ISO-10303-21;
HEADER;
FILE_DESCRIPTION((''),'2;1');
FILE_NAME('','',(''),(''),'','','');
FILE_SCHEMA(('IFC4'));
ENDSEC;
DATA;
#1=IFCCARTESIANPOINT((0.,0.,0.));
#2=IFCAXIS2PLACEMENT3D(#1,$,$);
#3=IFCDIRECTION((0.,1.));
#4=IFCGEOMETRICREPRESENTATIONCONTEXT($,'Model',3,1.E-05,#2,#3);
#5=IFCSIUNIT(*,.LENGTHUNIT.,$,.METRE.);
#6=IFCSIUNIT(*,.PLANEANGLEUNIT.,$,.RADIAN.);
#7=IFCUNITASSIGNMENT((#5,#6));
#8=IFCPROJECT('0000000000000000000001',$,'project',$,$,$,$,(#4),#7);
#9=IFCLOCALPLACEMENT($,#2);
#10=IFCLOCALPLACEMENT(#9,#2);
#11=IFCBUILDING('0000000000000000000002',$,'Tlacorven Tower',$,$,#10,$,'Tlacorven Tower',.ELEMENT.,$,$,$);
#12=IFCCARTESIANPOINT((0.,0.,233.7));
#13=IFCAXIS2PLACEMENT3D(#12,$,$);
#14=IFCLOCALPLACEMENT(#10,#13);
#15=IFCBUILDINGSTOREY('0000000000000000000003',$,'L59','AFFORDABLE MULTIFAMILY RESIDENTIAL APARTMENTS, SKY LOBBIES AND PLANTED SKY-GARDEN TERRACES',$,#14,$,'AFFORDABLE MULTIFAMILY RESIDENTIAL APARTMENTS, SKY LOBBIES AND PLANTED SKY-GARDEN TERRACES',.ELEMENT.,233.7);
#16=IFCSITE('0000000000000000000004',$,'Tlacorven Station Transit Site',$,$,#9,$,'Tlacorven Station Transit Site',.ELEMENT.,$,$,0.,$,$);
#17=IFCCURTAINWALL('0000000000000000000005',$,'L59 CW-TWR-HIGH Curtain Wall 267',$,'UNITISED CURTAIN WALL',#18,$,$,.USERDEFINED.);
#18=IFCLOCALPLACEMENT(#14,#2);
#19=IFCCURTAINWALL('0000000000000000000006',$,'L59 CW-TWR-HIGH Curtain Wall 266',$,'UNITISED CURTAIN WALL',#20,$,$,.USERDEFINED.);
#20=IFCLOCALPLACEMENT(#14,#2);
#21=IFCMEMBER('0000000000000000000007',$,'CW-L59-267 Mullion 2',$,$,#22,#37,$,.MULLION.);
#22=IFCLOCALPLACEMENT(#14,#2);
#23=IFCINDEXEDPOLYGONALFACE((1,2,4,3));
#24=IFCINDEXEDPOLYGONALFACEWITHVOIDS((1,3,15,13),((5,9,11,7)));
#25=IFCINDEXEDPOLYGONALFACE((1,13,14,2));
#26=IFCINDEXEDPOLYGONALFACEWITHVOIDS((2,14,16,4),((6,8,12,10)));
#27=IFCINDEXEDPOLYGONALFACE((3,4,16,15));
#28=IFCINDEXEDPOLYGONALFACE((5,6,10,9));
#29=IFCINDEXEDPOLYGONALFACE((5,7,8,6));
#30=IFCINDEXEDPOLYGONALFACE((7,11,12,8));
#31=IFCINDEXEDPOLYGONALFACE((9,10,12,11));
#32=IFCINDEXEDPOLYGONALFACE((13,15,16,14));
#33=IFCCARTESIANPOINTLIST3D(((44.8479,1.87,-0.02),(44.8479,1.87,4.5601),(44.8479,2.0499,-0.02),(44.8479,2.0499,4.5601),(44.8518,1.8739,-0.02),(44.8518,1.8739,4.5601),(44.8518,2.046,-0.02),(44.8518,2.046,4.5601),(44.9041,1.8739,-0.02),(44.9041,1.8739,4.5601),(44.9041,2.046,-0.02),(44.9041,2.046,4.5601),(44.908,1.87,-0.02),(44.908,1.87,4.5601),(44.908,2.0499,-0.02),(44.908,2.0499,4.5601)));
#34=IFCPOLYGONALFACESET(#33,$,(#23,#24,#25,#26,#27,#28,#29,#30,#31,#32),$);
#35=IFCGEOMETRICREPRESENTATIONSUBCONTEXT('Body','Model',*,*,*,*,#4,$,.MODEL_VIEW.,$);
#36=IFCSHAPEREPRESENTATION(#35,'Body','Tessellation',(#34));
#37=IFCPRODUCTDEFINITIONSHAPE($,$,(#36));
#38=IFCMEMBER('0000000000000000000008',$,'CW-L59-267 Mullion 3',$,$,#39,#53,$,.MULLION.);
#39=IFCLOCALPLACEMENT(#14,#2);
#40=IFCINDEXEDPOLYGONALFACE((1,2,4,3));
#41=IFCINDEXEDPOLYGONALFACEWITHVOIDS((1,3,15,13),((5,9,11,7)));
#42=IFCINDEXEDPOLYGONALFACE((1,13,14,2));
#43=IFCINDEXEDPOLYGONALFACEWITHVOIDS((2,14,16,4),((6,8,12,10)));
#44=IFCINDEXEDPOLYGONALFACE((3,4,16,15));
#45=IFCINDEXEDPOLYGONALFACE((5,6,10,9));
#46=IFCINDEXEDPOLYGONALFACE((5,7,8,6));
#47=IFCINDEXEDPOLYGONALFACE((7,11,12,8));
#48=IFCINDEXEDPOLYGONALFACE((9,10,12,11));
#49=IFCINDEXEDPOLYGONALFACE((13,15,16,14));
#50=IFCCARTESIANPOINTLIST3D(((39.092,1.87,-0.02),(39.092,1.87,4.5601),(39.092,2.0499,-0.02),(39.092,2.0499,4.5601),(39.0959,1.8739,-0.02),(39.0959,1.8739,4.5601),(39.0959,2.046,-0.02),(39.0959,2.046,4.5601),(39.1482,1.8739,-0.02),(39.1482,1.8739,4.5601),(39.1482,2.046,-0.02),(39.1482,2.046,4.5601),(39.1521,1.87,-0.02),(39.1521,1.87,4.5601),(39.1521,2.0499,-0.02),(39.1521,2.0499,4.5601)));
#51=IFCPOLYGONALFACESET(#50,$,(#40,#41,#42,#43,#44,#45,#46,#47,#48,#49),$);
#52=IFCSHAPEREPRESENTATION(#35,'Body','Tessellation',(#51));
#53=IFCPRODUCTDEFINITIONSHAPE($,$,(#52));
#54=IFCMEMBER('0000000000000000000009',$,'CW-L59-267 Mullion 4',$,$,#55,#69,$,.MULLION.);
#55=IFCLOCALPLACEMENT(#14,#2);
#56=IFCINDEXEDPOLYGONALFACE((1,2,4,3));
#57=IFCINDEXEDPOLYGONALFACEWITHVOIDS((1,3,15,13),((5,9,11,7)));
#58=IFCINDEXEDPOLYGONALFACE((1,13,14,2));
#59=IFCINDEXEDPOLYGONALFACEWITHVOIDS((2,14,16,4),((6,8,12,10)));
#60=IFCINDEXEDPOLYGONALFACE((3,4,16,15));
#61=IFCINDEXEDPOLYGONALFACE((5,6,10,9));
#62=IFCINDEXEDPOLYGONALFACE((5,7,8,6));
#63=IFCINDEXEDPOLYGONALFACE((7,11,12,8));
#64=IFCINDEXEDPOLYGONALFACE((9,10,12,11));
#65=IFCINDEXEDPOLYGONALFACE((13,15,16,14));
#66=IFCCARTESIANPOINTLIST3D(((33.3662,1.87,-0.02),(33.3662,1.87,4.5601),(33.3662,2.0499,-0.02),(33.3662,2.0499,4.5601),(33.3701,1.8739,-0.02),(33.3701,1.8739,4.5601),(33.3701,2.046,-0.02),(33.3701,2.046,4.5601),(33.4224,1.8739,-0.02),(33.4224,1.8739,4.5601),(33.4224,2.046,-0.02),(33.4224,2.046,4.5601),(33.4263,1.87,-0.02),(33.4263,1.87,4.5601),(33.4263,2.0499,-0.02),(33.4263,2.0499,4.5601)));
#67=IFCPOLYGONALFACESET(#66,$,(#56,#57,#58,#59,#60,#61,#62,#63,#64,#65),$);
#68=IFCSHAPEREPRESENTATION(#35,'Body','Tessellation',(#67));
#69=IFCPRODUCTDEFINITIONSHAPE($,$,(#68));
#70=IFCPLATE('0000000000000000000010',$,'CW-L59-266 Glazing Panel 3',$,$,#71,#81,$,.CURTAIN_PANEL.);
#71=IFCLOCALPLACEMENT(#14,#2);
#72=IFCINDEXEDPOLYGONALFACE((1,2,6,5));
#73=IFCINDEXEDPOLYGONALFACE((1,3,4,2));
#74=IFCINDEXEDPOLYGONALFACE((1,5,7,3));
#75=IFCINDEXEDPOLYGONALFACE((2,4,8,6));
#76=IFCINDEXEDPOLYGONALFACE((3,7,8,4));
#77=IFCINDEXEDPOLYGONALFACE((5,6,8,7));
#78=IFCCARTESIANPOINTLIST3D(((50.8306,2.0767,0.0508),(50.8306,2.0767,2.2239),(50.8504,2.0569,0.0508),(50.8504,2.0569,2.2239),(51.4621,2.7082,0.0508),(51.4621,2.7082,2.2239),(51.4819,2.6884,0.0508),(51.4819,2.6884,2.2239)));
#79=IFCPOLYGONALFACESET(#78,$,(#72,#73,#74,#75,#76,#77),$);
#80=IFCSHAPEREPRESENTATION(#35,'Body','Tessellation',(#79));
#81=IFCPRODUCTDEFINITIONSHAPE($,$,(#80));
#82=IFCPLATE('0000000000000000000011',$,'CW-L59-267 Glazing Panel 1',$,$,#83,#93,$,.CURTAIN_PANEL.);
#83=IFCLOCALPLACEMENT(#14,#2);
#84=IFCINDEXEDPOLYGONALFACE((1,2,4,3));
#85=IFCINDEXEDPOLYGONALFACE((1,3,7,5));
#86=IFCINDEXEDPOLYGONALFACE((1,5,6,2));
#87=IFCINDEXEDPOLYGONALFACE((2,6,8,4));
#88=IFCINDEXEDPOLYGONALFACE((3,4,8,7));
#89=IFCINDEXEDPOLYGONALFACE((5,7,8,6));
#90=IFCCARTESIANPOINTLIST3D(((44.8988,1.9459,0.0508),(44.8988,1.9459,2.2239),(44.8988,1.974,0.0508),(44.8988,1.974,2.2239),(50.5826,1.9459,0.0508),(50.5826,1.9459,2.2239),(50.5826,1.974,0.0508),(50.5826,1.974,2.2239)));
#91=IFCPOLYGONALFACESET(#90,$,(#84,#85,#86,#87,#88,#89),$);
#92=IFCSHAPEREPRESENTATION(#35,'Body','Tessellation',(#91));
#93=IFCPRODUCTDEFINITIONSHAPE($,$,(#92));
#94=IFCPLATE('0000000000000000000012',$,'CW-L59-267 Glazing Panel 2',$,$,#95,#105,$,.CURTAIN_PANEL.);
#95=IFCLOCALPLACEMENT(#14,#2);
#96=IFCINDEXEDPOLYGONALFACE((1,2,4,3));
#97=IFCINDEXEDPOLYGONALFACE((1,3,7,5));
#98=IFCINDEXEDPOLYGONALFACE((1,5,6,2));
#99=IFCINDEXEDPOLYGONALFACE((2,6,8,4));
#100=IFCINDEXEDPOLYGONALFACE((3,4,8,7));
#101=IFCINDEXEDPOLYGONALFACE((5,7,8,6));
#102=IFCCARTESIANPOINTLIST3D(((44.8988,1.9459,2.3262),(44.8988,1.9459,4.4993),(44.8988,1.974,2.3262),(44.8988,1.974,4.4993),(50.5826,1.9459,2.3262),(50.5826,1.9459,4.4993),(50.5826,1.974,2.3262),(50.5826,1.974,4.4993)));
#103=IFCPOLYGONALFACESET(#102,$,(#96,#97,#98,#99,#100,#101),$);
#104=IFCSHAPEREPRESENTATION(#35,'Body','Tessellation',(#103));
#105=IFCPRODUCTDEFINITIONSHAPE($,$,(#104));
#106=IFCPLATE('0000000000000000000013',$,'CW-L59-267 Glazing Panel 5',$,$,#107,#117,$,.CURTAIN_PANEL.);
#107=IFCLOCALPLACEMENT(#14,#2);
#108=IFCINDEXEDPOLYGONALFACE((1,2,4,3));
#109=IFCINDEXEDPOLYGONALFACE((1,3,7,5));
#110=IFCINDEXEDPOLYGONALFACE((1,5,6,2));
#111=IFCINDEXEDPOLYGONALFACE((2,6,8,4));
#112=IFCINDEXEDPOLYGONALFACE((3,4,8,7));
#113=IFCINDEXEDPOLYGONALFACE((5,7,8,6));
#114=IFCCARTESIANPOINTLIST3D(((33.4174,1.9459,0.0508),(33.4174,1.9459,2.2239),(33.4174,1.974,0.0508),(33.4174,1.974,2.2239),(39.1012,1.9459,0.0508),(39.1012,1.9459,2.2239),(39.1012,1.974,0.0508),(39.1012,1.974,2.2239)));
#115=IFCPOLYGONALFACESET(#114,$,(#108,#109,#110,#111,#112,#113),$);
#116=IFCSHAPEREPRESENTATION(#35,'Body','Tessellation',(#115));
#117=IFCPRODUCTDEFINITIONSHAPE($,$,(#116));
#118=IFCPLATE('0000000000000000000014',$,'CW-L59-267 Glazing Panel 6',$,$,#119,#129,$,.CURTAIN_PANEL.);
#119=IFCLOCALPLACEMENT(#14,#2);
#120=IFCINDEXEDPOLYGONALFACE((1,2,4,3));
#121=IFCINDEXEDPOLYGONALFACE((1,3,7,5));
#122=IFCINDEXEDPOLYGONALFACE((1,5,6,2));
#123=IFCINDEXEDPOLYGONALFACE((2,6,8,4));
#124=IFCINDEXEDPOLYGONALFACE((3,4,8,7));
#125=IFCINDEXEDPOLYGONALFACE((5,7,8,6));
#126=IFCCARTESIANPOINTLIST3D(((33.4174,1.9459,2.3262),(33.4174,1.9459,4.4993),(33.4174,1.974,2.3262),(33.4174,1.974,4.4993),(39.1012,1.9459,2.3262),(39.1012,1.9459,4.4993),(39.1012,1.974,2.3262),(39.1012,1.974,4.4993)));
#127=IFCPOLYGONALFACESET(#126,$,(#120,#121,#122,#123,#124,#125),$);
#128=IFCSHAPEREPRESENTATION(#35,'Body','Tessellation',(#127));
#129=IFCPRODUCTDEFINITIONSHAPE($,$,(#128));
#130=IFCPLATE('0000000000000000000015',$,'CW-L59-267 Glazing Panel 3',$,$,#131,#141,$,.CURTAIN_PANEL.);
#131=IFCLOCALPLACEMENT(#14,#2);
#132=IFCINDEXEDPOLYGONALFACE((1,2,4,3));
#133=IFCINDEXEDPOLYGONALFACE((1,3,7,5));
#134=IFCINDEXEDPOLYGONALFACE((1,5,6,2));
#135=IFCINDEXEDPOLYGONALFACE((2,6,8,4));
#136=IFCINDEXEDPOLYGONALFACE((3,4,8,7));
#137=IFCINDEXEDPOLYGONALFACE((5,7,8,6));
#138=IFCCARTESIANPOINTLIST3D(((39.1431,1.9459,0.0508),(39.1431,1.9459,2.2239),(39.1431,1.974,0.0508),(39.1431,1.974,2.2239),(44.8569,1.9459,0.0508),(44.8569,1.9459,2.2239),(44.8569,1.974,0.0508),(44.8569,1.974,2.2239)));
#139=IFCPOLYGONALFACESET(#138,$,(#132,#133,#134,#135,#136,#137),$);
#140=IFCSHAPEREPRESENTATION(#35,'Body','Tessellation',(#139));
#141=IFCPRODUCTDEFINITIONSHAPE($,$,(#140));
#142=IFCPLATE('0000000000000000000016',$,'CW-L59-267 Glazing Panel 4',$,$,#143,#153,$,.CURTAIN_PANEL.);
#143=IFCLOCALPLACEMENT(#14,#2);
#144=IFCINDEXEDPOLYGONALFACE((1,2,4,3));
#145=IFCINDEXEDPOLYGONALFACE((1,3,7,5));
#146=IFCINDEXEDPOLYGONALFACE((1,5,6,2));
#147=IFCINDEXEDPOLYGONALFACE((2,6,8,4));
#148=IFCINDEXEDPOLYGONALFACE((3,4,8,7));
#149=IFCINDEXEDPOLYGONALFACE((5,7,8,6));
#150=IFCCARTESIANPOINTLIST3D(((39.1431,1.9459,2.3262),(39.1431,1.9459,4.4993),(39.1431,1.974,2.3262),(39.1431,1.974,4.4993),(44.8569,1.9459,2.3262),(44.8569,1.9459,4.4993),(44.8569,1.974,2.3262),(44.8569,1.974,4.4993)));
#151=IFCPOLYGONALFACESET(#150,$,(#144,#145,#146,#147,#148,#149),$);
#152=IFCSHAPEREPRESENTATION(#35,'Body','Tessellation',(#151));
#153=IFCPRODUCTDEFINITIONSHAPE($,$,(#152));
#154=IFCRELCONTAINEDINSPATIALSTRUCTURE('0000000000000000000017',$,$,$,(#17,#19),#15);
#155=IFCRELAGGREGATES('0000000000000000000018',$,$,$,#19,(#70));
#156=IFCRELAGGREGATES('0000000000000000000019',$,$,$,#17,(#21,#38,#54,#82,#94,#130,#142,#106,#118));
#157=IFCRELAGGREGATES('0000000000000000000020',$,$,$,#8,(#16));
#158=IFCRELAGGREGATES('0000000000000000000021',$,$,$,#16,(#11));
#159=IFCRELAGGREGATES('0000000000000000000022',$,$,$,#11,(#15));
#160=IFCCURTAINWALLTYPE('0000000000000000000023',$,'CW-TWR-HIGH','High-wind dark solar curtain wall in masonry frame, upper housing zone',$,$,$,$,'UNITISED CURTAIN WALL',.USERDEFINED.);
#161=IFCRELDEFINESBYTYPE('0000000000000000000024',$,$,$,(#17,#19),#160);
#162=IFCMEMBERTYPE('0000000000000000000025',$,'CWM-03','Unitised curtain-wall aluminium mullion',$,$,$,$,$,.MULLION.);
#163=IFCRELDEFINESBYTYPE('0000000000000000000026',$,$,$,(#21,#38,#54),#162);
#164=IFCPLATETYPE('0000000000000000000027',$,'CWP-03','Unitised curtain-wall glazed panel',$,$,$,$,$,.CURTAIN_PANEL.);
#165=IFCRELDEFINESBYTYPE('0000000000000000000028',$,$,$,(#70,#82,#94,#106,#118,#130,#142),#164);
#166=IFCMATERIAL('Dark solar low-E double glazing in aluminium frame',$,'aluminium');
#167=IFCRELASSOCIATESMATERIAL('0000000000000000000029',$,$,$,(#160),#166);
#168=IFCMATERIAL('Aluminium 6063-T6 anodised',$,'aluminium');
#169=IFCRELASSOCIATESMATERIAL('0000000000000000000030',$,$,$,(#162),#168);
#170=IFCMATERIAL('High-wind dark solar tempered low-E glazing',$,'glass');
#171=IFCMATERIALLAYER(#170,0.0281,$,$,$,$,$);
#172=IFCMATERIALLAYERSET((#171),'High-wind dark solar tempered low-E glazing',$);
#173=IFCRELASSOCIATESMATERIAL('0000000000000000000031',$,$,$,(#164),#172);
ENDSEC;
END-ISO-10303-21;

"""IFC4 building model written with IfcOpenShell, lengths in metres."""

from ifc_helpers import new_model, si_unit, direction, frame, origin, origin_2d, place, context, subcontext, project, spatial, rectangle, hollow_rectangle, extrude, source, transform, mapped, material, layer, layer_set, material_profile, profile_set, type_object, element, aggregate, save


model = new_model("IFC4")

# Units and contexts
model_context = context("Model", 3, precision=1e-05, world=origin(), true_north=direction((0.0, 1.0)))
body_context = subcontext(model_context, "Body", "Model", "MODEL_VIEW")
ifc_project = project(units=[si_unit("LENGTHUNIT", "METRE"), si_unit("PLANEANGLEUNIT", "RADIAN")], contexts=[model_context])

# Site, building, storey
site_placement = place(None, origin())
site = spatial("IfcSite", under=ifc_project, at=site_placement, Name="Tlacorven Station Transit Site", LongName="Tlacorven Station Transit Site", CompositionType="ELEMENT", RefElevation=0.0)
building_placement = place(site_placement, origin())
building = spatial("IfcBuilding", under=site, at=building_placement, Name="Tlacorven Tower", LongName="Tlacorven Tower", CompositionType="ELEMENT")
storey_placement = place(building_placement, frame((0.0, 0.0, 233.7)))
storey = spatial("IfcBuildingStorey", under=building, at=storey_placement, Name="L59", Description="AFFORDABLE MULTIFAMILY RESIDENTIAL APARTMENTS, SKY LOBBIES AND PLANTED SKY-GARDEN TERRACES", LongName="AFFORDABLE MULTIFAMILY RESIDENTIAL APARTMENTS, SKY LOBBIES AND PLANTED SKY-GARDEN TERRACES", CompositionType="ELEMENT", Elevation=233.7)

# Curtain wall
ifc_material_1 = material(Name="Dark solar low-E double glazing in aluminium frame", Category="aluminium")
curtain_wall_type = type_object("IfcCurtainWallType", Name="CW-TWR-HIGH", Description="High-wind dark solar curtain wall in masonry frame, upper housing zone", ElementType="UNITISED CURTAIN WALL", PredefinedType="USERDEFINED", material=ifc_material_1)
curtain_wall_1_placement = place(storey_placement, origin())
curtain_wall_1 = element("IfcCurtainWall", 1, at=curtain_wall_1_placement, inside=storey, type_object=curtain_wall_type, Name="L59 CW-TWR-HIGH Curtain Wall 267", ObjectType="UNITISED CURTAIN WALL", PredefinedType="USERDEFINED")
ifc_material_2 = material(Name="Aluminium 6063-T6 anodised", Category="aluminium")

# Curtain wall
curtain_wall_2_placement = place(storey_placement, origin())
curtain_wall_2 = element("IfcCurtainWall", 2, at=curtain_wall_2_placement, inside=storey, type_object=curtain_wall_type, Name="L59 CW-TWR-HIGH Curtain Wall 266", ObjectType="UNITISED CURTAIN WALL", PredefinedType="USERDEFINED")
ifc_material_profile_1 = material_profile(ifc_material_2, hollow_rectangle(XDim=0.0601, YDim=0.1799, WallThickness=0.0039, at=origin_2d()), Name="ALU MULLION 60X180")
ifc_profile_set_1 = profile_set([ifc_material_profile_1], Name="Aluminium 6063-T6 anodised")
member_type_1 = type_object("IfcMemberType", Name="CWM-03", Description="Unitised curtain-wall aluminium mullion", PredefinedType="MULLION", material=ifc_profile_set_1)
shared_shape_1 = source(origin(), body_context, "Body", "SweptSolid", [
    extrude(hollow_rectangle(XDim=0.0601, YDim=0.1799, WallThickness=0.0039, at=origin_2d()), origin(), (0.0, 0.0, 1.0), 4.5801),
])

# Members
member_1_placement = place(storey_placement, frame((44.8779, 1.96, -0.02), z_axis=(0.0, 0.0, 1.0), x_axis=(-1.0, 0.0, 0.0)))
member_1 = element("IfcMember", 3, at=member_1_placement, type_object=member_type_1, Name="CW-L59-267 Mullion 2", PredefinedType="MULLION", context=body_context, shape_type="MappedRepresentation", body=[
    mapped(shared_shape_1, transform((0.0, 0.0, 0.0), scale=1.0)),
])
member_2_placement = place(storey_placement, frame((39.1221, 1.96, -0.02), z_axis=(0.0, 0.0, 1.0), x_axis=(-1.0, 0.0, 0.0)))
member_2 = element("IfcMember", 4, at=member_2_placement, type_object=member_type_1, Name="CW-L59-267 Mullion 3", PredefinedType="MULLION", context=body_context, shape_type="MappedRepresentation", body=[
    mapped(shared_shape_1, transform((0.0, 0.0, 0.0), scale=1.0)),
])
member_3_placement = place(storey_placement, frame((33.3962, 1.96, -0.02), z_axis=(0.0, 0.0, 1.0), x_axis=(-1.0, 0.0, 0.0)))
member_3 = element("IfcMember", 5, at=member_3_placement, type_object=member_type_1, Name="CW-L59-267 Mullion 4", PredefinedType="MULLION", context=body_context, shape_type="MappedRepresentation", body=[
    mapped(shared_shape_1, transform((0.0, 0.0, 0.0), scale=1.0)),
])

# Plates
ifc_material_3 = material(Name="High-wind dark solar tempered low-E glazing", Category="glass")
ifc_layer_1 = layer(ifc_material_3, 0.0281)
ifc_layer_set_1 = layer_set([ifc_layer_1], Name="High-wind dark solar tempered low-E glazing")
plate_type = type_object("IfcPlateType", Name="CWP-03", Description="Unitised curtain-wall glazed panel", PredefinedType="CURTAIN_PANEL", material=ifc_layer_set_1)
shared_shape_2 = source(origin(), body_context, "Body", "SweptSolid", [
    extrude(rectangle(XDim=0.8931, YDim=0.0281, at=origin_2d()), origin(), (0.0, 0.0, 1.0), 2.1731),
])
plate_1_placement = place(storey_placement, frame((51.1562, 2.3826, 0.0508), z_axis=(0.0, 0.0, 1.0), x_axis=(-0.707107, -0.707107, 0.0)))
plate_1 = element("IfcPlate", 6, at=plate_1_placement, type_object=plate_type, Name="CW-L59-266 Glazing Panel 3", PredefinedType="CURTAIN_PANEL", context=body_context, shape_type="MappedRepresentation", body=[
    mapped(shared_shape_2, transform((0.0, 0.0, 0.0), scale=1.0)),
])
aggregate(curtain_wall_2, [plate_1])
shared_shape_3 = source(origin(), body_context, "Body", "SweptSolid", [
    extrude(rectangle(XDim=5.6838, YDim=0.0281, at=origin_2d()), origin(), (0.0, 0.0, 1.0), 2.1731),
])
plate_2_placement = place(storey_placement, frame((47.7407, 1.96, 0.0508), z_axis=(0.0, 0.0, 1.0), x_axis=(-1.0, 0.0, 0.0)))
plate_2 = element("IfcPlate", 7, at=plate_2_placement, type_object=plate_type, Name="CW-L59-267 Glazing Panel 1", PredefinedType="CURTAIN_PANEL", context=body_context, shape_type="MappedRepresentation", body=[
    mapped(shared_shape_3, transform((0.0, 0.0, 0.0), scale=1.0)),
])
plate_3_placement = place(storey_placement, frame((47.7407, 1.96, 2.3262), z_axis=(0.0, 0.0, 1.0), x_axis=(-1.0, 0.0, 0.0)))
plate_3 = element("IfcPlate", 8, at=plate_3_placement, type_object=plate_type, Name="CW-L59-267 Glazing Panel 2", PredefinedType="CURTAIN_PANEL", context=body_context, shape_type="MappedRepresentation", body=[
    mapped(shared_shape_3, transform((0.0, 0.0, 0.0), scale=1.0)),
])
plate_4_placement = place(storey_placement, frame((36.2593, 1.96, 0.0508), z_axis=(0.0, 0.0, 1.0), x_axis=(-1.0, 0.0, 0.0)))
plate_4 = element("IfcPlate", 9, at=plate_4_placement, type_object=plate_type, Name="CW-L59-267 Glazing Panel 5", PredefinedType="CURTAIN_PANEL", context=body_context, shape_type="MappedRepresentation", body=[
    mapped(shared_shape_3, transform((0.0, 0.0, 0.0), scale=1.0)),
])
plate_5_placement = place(storey_placement, frame((36.2593, 1.96, 2.3262), z_axis=(0.0, 0.0, 1.0), x_axis=(-1.0, 0.0, 0.0)))
plate_5 = element("IfcPlate", 10, at=plate_5_placement, type_object=plate_type, Name="CW-L59-267 Glazing Panel 6", PredefinedType="CURTAIN_PANEL", context=body_context, shape_type="MappedRepresentation", body=[
    mapped(shared_shape_3, transform((0.0, 0.0, 0.0), scale=1.0)),
])
shared_shape_4 = source(origin(), body_context, "Body", "SweptSolid", [
    extrude(rectangle(XDim=5.7139, YDim=0.0281, at=origin_2d()), origin(), (0.0, 0.0, 1.0), 2.1731),
])
plate_6_placement = place(storey_placement, frame((42.0, 1.96, 0.0508), z_axis=(0.0, 0.0, 1.0), x_axis=(-1.0, 0.0, 0.0)))
plate_6 = element("IfcPlate", 11, at=plate_6_placement, type_object=plate_type, Name="CW-L59-267 Glazing Panel 3", PredefinedType="CURTAIN_PANEL", context=body_context, shape_type="MappedRepresentation", body=[
    mapped(shared_shape_4, transform((0.0, 0.0, 0.0), scale=1.0)),
])
plate_7_placement = place(storey_placement, frame((42.0, 1.96, 2.3262), z_axis=(0.0, 0.0, 1.0), x_axis=(-1.0, 0.0, 0.0)))
plate_7 = element("IfcPlate", 12, at=plate_7_placement, type_object=plate_type, Name="CW-L59-267 Glazing Panel 4", PredefinedType="CURTAIN_PANEL", context=body_context, shape_type="MappedRepresentation", body=[
    mapped(shared_shape_4, transform((0.0, 0.0, 0.0), scale=1.0)),
])
aggregate(curtain_wall_1, [member_1, member_2, member_3, plate_2, plate_3, plate_6, plate_7, plate_4, plate_5])

save(model, "model.ifc")
